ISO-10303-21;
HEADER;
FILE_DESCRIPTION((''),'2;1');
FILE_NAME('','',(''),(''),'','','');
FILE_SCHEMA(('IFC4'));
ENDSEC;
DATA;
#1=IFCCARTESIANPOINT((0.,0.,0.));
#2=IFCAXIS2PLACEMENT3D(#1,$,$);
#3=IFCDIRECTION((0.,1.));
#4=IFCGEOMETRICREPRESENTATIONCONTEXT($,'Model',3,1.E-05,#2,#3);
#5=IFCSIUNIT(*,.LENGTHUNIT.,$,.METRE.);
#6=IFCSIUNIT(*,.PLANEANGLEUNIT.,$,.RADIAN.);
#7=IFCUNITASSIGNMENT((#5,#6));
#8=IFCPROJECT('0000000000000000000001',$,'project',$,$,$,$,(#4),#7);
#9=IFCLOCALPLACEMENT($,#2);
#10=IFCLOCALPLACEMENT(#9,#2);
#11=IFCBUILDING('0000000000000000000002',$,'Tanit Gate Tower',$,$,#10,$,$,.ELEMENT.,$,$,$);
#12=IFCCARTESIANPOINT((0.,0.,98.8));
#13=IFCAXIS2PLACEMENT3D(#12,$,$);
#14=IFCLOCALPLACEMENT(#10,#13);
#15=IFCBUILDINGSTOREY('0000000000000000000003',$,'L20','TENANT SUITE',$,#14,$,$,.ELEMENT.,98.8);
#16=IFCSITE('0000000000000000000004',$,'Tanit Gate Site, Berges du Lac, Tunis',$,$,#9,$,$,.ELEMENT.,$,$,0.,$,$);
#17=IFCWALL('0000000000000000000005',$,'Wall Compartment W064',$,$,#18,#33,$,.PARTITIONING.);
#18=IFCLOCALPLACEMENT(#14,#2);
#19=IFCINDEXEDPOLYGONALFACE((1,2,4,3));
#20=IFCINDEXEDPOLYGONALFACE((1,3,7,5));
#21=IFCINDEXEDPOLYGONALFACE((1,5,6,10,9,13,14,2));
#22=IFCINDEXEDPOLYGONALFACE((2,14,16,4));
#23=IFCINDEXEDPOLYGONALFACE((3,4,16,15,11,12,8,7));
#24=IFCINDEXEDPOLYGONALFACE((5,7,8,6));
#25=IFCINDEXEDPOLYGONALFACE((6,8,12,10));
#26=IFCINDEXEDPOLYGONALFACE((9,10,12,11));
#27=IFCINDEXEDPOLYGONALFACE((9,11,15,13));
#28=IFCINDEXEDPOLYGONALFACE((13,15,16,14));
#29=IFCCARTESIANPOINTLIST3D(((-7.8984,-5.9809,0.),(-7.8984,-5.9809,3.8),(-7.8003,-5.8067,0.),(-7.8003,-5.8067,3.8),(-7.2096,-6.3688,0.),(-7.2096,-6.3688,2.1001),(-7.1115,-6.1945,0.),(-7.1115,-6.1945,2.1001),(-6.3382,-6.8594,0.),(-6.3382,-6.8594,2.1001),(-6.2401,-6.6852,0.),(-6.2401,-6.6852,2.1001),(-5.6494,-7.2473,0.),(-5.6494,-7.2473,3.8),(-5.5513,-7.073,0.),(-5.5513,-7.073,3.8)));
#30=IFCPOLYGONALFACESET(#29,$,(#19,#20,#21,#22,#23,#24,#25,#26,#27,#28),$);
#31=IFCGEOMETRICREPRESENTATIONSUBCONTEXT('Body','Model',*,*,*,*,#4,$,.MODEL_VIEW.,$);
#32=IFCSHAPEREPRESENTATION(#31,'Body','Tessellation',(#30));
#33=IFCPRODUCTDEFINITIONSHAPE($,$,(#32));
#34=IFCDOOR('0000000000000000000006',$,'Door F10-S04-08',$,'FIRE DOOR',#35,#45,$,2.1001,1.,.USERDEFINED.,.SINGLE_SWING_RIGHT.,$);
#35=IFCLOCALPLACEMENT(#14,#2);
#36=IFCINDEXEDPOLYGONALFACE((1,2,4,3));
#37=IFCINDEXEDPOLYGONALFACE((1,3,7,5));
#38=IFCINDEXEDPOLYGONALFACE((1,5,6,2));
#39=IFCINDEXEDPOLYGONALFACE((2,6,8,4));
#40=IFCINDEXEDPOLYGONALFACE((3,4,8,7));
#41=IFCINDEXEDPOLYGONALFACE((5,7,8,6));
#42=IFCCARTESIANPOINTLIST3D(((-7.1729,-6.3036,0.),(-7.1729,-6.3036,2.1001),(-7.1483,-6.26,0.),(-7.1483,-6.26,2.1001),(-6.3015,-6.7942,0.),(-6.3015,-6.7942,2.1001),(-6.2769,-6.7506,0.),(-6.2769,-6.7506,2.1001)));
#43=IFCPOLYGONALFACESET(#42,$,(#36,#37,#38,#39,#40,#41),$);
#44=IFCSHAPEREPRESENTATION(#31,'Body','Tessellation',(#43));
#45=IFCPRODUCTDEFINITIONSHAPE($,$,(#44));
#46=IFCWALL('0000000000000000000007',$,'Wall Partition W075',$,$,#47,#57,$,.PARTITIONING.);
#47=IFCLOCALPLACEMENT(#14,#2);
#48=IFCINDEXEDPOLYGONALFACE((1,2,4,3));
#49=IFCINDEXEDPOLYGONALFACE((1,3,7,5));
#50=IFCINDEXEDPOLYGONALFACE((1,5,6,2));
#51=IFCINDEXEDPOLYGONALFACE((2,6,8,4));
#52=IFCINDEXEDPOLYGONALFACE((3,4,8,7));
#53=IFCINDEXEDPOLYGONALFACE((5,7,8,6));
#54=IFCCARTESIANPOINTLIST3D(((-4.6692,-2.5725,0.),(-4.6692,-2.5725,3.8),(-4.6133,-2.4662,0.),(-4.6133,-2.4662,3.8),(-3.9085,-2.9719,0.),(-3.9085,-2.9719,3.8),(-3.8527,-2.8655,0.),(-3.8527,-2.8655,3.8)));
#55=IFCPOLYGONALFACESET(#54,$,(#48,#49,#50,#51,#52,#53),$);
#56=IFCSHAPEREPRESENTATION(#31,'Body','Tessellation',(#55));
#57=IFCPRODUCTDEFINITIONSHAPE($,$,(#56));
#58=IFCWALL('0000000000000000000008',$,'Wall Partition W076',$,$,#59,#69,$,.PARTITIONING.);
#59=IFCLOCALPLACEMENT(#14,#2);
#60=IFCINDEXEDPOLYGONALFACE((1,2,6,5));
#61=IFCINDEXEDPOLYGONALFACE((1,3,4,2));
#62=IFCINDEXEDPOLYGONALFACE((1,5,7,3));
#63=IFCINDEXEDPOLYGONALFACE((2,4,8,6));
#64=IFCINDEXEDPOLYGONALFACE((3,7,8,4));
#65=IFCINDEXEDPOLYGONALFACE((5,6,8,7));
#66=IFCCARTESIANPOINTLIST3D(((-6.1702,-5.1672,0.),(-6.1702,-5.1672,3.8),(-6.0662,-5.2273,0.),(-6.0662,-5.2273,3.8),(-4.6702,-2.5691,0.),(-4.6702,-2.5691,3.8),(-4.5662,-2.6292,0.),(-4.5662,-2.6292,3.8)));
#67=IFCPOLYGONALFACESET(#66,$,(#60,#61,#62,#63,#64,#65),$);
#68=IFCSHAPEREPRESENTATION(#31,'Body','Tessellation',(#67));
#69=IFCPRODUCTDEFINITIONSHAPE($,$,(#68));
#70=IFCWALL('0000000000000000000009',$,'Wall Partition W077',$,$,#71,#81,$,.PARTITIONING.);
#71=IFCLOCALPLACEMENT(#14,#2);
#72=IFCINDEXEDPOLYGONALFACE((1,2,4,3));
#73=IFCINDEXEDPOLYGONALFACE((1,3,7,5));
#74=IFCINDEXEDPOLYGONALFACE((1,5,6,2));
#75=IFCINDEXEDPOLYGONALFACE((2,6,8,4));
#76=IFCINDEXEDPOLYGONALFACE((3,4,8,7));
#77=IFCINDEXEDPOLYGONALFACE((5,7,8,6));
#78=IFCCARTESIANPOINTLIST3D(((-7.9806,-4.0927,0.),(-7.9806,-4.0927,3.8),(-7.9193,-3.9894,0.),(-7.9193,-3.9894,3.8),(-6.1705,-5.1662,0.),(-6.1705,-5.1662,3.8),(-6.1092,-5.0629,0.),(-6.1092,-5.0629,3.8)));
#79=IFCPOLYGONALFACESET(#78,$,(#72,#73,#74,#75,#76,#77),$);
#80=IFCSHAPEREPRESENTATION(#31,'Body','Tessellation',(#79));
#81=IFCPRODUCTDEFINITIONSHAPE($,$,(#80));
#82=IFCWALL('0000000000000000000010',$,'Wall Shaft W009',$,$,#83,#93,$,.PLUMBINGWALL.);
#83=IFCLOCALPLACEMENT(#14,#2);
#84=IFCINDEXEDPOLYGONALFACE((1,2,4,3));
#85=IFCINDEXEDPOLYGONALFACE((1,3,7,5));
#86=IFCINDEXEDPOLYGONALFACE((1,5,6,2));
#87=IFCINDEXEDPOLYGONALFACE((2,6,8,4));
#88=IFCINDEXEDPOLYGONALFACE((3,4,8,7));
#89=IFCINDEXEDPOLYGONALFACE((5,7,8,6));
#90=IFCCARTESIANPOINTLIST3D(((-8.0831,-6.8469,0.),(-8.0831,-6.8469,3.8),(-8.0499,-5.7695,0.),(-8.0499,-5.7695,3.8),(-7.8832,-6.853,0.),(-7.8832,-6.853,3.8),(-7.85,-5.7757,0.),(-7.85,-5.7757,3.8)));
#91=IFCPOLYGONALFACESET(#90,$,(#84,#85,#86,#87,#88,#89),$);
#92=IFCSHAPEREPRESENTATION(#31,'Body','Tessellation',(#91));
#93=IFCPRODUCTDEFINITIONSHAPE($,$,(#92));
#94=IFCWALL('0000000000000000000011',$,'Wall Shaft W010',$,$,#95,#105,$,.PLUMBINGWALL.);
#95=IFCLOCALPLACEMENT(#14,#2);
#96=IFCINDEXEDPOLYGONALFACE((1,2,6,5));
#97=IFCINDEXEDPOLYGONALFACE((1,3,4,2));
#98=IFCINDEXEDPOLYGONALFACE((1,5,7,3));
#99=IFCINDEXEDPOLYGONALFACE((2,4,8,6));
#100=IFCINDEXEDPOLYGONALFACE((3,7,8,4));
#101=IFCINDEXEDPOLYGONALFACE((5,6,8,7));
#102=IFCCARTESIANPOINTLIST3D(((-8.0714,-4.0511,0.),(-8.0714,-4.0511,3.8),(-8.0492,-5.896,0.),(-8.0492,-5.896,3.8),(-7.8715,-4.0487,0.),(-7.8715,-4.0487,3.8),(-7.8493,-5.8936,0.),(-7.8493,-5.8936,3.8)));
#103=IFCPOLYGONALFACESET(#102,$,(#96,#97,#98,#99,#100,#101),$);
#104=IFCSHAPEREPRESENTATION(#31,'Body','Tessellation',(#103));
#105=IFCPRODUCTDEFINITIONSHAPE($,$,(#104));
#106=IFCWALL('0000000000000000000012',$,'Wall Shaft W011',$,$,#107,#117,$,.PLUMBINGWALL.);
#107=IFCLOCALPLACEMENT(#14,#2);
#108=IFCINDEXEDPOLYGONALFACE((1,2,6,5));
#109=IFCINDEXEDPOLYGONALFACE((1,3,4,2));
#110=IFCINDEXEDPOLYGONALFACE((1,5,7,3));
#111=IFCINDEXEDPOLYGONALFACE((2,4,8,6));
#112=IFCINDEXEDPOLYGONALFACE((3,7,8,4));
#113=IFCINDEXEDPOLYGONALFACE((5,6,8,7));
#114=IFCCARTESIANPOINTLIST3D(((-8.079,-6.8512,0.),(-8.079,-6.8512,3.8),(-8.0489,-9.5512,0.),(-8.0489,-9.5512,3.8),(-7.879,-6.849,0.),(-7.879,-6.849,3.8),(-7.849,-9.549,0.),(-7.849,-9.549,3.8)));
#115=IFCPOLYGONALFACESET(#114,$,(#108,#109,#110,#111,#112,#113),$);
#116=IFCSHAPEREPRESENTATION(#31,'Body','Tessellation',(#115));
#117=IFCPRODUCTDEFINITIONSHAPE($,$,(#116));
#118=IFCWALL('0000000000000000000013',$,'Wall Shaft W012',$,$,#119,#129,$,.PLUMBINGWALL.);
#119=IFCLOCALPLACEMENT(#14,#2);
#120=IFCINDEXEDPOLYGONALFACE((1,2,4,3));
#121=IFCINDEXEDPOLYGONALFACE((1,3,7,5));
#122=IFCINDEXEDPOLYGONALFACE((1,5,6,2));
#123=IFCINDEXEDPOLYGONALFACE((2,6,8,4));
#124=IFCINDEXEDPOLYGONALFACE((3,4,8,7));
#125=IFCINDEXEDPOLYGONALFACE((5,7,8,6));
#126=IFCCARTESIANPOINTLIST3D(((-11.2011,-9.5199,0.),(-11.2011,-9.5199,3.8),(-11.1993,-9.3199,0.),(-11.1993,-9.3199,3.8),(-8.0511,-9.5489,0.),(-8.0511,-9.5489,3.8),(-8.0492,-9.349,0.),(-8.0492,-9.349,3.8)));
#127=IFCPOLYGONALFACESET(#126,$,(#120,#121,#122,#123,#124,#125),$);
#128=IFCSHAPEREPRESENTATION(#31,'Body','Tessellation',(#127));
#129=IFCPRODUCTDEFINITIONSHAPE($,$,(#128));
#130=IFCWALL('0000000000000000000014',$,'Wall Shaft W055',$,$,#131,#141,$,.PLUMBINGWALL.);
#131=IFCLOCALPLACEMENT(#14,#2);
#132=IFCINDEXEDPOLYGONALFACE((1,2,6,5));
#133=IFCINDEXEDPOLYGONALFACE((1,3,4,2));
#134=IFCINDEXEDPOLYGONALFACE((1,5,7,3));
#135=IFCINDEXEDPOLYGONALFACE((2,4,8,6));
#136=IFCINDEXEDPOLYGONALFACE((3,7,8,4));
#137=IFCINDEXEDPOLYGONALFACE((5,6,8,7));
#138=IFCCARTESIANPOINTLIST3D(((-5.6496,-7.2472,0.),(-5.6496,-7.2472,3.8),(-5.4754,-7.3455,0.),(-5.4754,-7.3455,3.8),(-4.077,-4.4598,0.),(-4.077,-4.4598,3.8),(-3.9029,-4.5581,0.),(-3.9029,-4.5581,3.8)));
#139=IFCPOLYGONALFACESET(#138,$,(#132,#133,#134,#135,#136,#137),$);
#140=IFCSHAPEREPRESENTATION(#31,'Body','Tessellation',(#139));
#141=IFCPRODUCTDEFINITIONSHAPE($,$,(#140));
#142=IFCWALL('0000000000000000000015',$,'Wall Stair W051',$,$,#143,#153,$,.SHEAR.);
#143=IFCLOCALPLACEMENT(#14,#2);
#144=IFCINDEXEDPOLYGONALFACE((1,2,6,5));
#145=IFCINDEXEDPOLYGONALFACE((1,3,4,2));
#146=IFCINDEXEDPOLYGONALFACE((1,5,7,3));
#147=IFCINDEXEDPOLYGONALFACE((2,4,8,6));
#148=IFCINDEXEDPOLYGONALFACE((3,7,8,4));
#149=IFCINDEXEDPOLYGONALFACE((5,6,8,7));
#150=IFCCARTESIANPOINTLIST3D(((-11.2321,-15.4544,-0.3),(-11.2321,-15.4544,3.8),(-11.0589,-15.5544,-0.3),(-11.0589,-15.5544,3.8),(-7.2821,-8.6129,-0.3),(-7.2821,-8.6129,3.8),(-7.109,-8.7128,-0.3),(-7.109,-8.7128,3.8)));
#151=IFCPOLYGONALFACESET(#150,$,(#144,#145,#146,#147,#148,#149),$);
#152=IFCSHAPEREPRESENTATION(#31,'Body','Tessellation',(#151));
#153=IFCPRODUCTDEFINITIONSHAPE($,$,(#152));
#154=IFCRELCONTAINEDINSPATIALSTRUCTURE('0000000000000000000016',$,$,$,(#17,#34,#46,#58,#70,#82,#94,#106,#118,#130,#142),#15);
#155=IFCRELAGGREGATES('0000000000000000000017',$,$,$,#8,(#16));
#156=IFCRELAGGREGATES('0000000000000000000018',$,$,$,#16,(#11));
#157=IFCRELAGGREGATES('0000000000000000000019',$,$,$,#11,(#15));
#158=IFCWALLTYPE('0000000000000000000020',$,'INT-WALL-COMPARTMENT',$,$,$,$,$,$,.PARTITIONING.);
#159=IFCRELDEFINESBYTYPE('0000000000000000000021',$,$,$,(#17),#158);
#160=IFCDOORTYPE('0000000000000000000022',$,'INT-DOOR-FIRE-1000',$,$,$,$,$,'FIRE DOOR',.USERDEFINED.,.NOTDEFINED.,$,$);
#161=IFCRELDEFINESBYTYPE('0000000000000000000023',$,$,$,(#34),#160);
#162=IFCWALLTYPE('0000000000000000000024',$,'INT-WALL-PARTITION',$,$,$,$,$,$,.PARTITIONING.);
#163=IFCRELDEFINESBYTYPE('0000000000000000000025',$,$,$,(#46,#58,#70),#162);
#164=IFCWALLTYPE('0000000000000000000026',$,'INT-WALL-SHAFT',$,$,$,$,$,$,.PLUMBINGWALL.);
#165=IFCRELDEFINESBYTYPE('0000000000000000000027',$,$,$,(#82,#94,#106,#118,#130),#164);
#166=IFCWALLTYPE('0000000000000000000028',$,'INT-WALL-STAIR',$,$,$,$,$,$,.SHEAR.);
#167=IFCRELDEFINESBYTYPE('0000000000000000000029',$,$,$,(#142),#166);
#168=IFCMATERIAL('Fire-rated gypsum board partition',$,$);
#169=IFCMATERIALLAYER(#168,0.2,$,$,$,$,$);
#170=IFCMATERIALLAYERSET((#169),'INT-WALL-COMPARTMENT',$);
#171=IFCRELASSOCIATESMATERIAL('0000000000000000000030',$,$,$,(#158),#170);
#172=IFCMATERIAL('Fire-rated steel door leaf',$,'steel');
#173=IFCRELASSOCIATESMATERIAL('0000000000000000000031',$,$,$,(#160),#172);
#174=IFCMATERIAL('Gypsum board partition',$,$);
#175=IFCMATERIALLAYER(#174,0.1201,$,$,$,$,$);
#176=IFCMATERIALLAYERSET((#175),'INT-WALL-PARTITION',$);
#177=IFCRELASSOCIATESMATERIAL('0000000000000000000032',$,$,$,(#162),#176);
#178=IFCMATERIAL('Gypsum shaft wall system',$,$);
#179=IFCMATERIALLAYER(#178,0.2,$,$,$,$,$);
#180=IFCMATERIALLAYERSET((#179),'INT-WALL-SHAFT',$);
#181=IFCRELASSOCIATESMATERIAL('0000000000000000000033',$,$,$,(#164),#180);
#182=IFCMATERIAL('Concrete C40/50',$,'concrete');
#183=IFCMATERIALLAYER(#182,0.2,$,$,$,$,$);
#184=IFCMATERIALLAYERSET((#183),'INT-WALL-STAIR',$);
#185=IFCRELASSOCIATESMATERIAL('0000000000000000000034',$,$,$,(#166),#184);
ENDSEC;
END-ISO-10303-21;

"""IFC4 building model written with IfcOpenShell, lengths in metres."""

from ifc_helpers import new_model, si_unit, direction, frame, frame_2d, origin, place, context, subcontext, project, spatial, rectangle, extrude, material, layer, layer_set, type_object, element, fill, save


model = new_model("IFC4")

# Units and contexts
model_context = context("Model", 3, precision=1e-05, world=origin(), true_north=direction((0.0, 1.0)))
body_context = subcontext(model_context, "Body", "Model", "MODEL_VIEW")
ifc_project = project(units=[si_unit("LENGTHUNIT", "METRE"), si_unit("PLANEANGLEUNIT", "RADIAN")], contexts=[model_context])

# Site, building, storey
site_placement = place(None, origin())
site = spatial("IfcSite", under=ifc_project, at=site_placement, Name="Tanit Gate Site, Berges du Lac, Tunis", CompositionType="ELEMENT", RefElevation=0.0)
building_placement = place(site_placement, origin())
building = spatial("IfcBuilding", under=site, at=building_placement, Name="Tanit Gate Tower", CompositionType="ELEMENT")
storey_placement = place(building_placement, frame((0.0, 0.0, 98.8)))
storey = spatial("IfcBuildingStorey", under=building, at=storey_placement, Name="L20", Description="TENANT SUITE", CompositionType="ELEMENT", Elevation=98.8)

# Wall, opening, door
ifc_material_1 = material(Name="Fire-rated gypsum board partition")
ifc_layer_1 = layer(ifc_material_1, 0.2)
ifc_layer_set_1 = layer_set([ifc_layer_1], Name="INT-WALL-COMPARTMENT")
wall_type_1 = type_object("IfcWallType", Name="INT-WALL-COMPARTMENT", PredefinedType="PARTITIONING", material=ifc_layer_set_1)
wall_1_placement = place(storey_placement, frame((-7.8494, -5.8938, 0.0), z_axis=(0.0, 0.0, 1.0), x_axis=(0.871363, -0.490638, 0.0)))
wall_1 = element("IfcWall", 1, at=wall_1_placement, inside=storey, type_object=wall_type_1, Name="Wall Compartment W064", PredefinedType="PARTITIONING", context=body_context, shape_type="SweptSolid", body=[
    extrude(rectangle(XDim=2.5811, YDim=0.2, at=frame_2d((1.2905, 0.0))), origin(), (0.0, 0.0, 1.0), 3.8),
])
opening_placement = place(wall_1_placement, frame((0.7905, 0.0, 0.0)))
opening = element("IfcOpeningElement", 2, at=opening_placement, cuts=wall_1, PredefinedType="OPENING", context=body_context, shape_type="SweptSolid", body=[
    extrude(rectangle(XDim=1.0, YDim=2.1001, at=frame_2d((0.5, 1.05))), frame((0.0, 0.1099, 0.0), z_axis=(0.0, -1.0, 0.0), x_axis=(1.0, 0.0, 0.0)), (0.0, 0.0, 1.0), 0.22),
])
ifc_material_2 = material(Name="Fire-rated steel door leaf", Category="steel")
door_type = type_object("IfcDoorType", Name="INT-DOOR-FIRE-1000", ElementType="FIRE DOOR", OperationType="NOTDEFINED", PredefinedType="USERDEFINED", material=ifc_material_2)
door_placement = place(opening_placement, origin())
door = element("IfcDoor", 3, at=door_placement, inside=storey, type_object=door_type, Name="Door F10-S04-08", ObjectType="FIRE DOOR", OperationType="SINGLE_SWING_RIGHT", OverallHeight=2.1001, OverallWidth=1.0, PredefinedType="USERDEFINED", context=body_context, shape_type="SweptSolid", body=[
    extrude(rectangle(XDim=1.0, YDim=2.1001, at=frame_2d((0.5, 1.05))), frame((0.0, 0.0249, 0.0), z_axis=(0.0, -1.0, 0.0), x_axis=(1.0, 0.0, 0.0)), (0.0, 0.0, 1.0), 0.05),
])
fill(opening, door)

# Walls
ifc_material_3 = material(Name="Gypsum board partition")
ifc_layer_2 = layer(ifc_material_3, 0.1201)
ifc_layer_set_2 = layer_set([ifc_layer_2], Name="INT-WALL-PARTITION")
wall_type_2 = type_object("IfcWallType", Name="INT-WALL-PARTITION", PredefinedType="PARTITIONING", material=ifc_layer_set_2)
wall_2_placement = place(storey_placement, frame((-4.6414, -2.5193, 0.0), z_axis=(0.0, 0.0, 1.0), x_axis=(0.885386, -0.464856, 0.0)))
element("IfcWall", 4, at=wall_2_placement, inside=storey, type_object=wall_type_2, Name="Wall Partition W075", PredefinedType="PARTITIONING", context=body_context, shape_type="SweptSolid", body=[
    extrude(rectangle(XDim=0.8591, YDim=0.1201, at=frame_2d((0.4297, 0.0))), origin(), (0.0, 0.0, 1.0), 3.8),
])
wall_3_placement = place(storey_placement, frame((-6.1182, -5.1973, 0.0), z_axis=(0.0, 0.0, 1.0), x_axis=(0.49999, 0.866031, 0.0)))
element("IfcWall", 5, at=wall_3_placement, inside=storey, type_object=wall_type_2, Name="Wall Partition W076", PredefinedType="PARTITIONING", context=body_context, shape_type="SweptSolid", body=[
    extrude(rectangle(XDim=3.0, YDim=0.1201, at=frame_2d((1.5, 0.0))), origin(), (0.0, 0.0, 1.0), 3.8),
])
wall_4_placement = place(storey_placement, frame((-7.95, -4.041, 0.0), z_axis=(0.0, 0.0, 1.0), x_axis=(0.860112, -0.510104, 0.0)))
element("IfcWall", 6, at=wall_4_placement, inside=storey, type_object=wall_type_2, Name="Wall Partition W077", PredefinedType="PARTITIONING", context=body_context, shape_type="SweptSolid", body=[
    extrude(rectangle(XDim=2.1045, YDim=0.1201, at=frame_2d((1.0522, 0.0))), origin(), (0.0, 0.0, 1.0), 3.8),
])
ifc_material_4 = material(Name="Gypsum shaft wall system")
ifc_layer_3 = layer(ifc_material_4, 0.2)
ifc_layer_set_3 = layer_set([ifc_layer_3], Name="INT-WALL-SHAFT")
wall_type_3 = type_object("IfcWallType", Name="INT-WALL-SHAFT", PredefinedType="PLUMBINGWALL", material=ifc_layer_set_3)
wall_5_placement = place(storey_placement, frame((-7.95, -5.7725, 0.0), z_axis=(0.0, 0.0, 1.0), x_axis=(-0.030803, -0.999525, 0.0)))
element("IfcWall", 7, at=wall_5_placement, inside=storey, type_object=wall_type_3, Name="Wall Shaft W009", PredefinedType="PLUMBINGWALL", context=body_context, shape_type="SweptSolid", body=[
    extrude(rectangle(XDim=1.0779, YDim=0.2, at=frame_2d((0.5391, 0.0))), origin(), (0.0, 0.0, 1.0), 3.8),
])
wall_6_placement = place(storey_placement, frame((-7.9714, -4.05, 0.0), z_axis=(0.0, 0.0, 1.0), x_axis=(0.012043, -0.999927, 0.0)))
element("IfcWall", 8, at=wall_6_placement, inside=storey, type_object=wall_type_3, Name="Wall Shaft W010", PredefinedType="PLUMBINGWALL", context=body_context, shape_type="SweptSolid", body=[
    extrude(rectangle(XDim=1.845, YDim=0.2, at=frame_2d((0.9224, 0.0))), origin(), (0.0, 0.0, 1.0), 3.8),
])
wall_7_placement = place(storey_placement, frame((-7.979, -6.8501, 0.0), z_axis=(0.0, 0.0, 1.0), x_axis=(0.011121, -0.999938, 0.0)))
element("IfcWall", 9, at=wall_7_placement, inside=storey, type_object=wall_type_3, Name="Wall Shaft W011", PredefinedType="PLUMBINGWALL", context=body_context, shape_type="SweptSolid", body=[
    extrude(rectangle(XDim=2.7002, YDim=0.2, at=frame_2d((1.3501, 0.0))), origin(), (0.0, 0.0, 1.0), 3.8),
])
wall_8_placement = place(storey_placement, frame((-8.05, -9.449, 0.0), z_axis=(0.0, 0.0, 1.0), x_axis=(-0.999957, 0.009223, 0.0)))
element("IfcWall", 10, at=wall_8_placement, inside=storey, type_object=wall_type_3, Name="Wall Shaft W012", PredefinedType="PLUMBINGWALL", context=body_context, shape_type="SweptSolid", body=[
    extrude(rectangle(XDim=3.1501, YDim=0.2, at=frame_2d((1.5752, 0.0))), origin(), (0.0, 0.0, 1.0), 3.8),
])
wall_9_placement = place(storey_placement, frame((-3.99, -4.509, 0.0), z_axis=(0.0, 0.0, 1.0), x_axis=(-0.491358, -0.870958, 0.0)))
element("IfcWall", 11, at=wall_9_placement, inside=storey, type_object=wall_type_3, Name="Wall Shaft W055", PredefinedType="PLUMBINGWALL", context=body_context, shape_type="SweptSolid", body=[
    extrude(rectangle(XDim=3.2004, YDim=0.2, at=frame_2d((1.6001, 0.0))), origin(), (0.0, 0.0, 1.0), 3.8),
])
ifc_material_5 = material(Name="Concrete C40/50", Category="concrete")
ifc_layer_4 = layer(ifc_material_5, 0.2)
ifc_layer_set_4 = layer_set([ifc_layer_4], Name="INT-WALL-STAIR")
wall_type_4 = type_object("IfcWallType", Name="INT-WALL-STAIR", PredefinedType="SHEAR", material=ifc_layer_set_4)
wall_10_placement = place(storey_placement, frame((-7.1956, -8.6628, -0.3), z_axis=(0.0, 0.0, 1.0), x_axis=(-0.499998, -0.866027, 0.0)))
element("IfcWall", 12, at=wall_10_placement, inside=storey, type_object=wall_type_4, Name="Wall Stair W051", PredefinedType="SHEAR", context=body_context, shape_type="SweptSolid", body=[
    extrude(rectangle(XDim=7.8999, YDim=0.2, at=frame_2d((3.95, 0.0))), origin(), (0.0, 0.0, 1.0), 4.1001),
])

save(model, "model.ifc")
